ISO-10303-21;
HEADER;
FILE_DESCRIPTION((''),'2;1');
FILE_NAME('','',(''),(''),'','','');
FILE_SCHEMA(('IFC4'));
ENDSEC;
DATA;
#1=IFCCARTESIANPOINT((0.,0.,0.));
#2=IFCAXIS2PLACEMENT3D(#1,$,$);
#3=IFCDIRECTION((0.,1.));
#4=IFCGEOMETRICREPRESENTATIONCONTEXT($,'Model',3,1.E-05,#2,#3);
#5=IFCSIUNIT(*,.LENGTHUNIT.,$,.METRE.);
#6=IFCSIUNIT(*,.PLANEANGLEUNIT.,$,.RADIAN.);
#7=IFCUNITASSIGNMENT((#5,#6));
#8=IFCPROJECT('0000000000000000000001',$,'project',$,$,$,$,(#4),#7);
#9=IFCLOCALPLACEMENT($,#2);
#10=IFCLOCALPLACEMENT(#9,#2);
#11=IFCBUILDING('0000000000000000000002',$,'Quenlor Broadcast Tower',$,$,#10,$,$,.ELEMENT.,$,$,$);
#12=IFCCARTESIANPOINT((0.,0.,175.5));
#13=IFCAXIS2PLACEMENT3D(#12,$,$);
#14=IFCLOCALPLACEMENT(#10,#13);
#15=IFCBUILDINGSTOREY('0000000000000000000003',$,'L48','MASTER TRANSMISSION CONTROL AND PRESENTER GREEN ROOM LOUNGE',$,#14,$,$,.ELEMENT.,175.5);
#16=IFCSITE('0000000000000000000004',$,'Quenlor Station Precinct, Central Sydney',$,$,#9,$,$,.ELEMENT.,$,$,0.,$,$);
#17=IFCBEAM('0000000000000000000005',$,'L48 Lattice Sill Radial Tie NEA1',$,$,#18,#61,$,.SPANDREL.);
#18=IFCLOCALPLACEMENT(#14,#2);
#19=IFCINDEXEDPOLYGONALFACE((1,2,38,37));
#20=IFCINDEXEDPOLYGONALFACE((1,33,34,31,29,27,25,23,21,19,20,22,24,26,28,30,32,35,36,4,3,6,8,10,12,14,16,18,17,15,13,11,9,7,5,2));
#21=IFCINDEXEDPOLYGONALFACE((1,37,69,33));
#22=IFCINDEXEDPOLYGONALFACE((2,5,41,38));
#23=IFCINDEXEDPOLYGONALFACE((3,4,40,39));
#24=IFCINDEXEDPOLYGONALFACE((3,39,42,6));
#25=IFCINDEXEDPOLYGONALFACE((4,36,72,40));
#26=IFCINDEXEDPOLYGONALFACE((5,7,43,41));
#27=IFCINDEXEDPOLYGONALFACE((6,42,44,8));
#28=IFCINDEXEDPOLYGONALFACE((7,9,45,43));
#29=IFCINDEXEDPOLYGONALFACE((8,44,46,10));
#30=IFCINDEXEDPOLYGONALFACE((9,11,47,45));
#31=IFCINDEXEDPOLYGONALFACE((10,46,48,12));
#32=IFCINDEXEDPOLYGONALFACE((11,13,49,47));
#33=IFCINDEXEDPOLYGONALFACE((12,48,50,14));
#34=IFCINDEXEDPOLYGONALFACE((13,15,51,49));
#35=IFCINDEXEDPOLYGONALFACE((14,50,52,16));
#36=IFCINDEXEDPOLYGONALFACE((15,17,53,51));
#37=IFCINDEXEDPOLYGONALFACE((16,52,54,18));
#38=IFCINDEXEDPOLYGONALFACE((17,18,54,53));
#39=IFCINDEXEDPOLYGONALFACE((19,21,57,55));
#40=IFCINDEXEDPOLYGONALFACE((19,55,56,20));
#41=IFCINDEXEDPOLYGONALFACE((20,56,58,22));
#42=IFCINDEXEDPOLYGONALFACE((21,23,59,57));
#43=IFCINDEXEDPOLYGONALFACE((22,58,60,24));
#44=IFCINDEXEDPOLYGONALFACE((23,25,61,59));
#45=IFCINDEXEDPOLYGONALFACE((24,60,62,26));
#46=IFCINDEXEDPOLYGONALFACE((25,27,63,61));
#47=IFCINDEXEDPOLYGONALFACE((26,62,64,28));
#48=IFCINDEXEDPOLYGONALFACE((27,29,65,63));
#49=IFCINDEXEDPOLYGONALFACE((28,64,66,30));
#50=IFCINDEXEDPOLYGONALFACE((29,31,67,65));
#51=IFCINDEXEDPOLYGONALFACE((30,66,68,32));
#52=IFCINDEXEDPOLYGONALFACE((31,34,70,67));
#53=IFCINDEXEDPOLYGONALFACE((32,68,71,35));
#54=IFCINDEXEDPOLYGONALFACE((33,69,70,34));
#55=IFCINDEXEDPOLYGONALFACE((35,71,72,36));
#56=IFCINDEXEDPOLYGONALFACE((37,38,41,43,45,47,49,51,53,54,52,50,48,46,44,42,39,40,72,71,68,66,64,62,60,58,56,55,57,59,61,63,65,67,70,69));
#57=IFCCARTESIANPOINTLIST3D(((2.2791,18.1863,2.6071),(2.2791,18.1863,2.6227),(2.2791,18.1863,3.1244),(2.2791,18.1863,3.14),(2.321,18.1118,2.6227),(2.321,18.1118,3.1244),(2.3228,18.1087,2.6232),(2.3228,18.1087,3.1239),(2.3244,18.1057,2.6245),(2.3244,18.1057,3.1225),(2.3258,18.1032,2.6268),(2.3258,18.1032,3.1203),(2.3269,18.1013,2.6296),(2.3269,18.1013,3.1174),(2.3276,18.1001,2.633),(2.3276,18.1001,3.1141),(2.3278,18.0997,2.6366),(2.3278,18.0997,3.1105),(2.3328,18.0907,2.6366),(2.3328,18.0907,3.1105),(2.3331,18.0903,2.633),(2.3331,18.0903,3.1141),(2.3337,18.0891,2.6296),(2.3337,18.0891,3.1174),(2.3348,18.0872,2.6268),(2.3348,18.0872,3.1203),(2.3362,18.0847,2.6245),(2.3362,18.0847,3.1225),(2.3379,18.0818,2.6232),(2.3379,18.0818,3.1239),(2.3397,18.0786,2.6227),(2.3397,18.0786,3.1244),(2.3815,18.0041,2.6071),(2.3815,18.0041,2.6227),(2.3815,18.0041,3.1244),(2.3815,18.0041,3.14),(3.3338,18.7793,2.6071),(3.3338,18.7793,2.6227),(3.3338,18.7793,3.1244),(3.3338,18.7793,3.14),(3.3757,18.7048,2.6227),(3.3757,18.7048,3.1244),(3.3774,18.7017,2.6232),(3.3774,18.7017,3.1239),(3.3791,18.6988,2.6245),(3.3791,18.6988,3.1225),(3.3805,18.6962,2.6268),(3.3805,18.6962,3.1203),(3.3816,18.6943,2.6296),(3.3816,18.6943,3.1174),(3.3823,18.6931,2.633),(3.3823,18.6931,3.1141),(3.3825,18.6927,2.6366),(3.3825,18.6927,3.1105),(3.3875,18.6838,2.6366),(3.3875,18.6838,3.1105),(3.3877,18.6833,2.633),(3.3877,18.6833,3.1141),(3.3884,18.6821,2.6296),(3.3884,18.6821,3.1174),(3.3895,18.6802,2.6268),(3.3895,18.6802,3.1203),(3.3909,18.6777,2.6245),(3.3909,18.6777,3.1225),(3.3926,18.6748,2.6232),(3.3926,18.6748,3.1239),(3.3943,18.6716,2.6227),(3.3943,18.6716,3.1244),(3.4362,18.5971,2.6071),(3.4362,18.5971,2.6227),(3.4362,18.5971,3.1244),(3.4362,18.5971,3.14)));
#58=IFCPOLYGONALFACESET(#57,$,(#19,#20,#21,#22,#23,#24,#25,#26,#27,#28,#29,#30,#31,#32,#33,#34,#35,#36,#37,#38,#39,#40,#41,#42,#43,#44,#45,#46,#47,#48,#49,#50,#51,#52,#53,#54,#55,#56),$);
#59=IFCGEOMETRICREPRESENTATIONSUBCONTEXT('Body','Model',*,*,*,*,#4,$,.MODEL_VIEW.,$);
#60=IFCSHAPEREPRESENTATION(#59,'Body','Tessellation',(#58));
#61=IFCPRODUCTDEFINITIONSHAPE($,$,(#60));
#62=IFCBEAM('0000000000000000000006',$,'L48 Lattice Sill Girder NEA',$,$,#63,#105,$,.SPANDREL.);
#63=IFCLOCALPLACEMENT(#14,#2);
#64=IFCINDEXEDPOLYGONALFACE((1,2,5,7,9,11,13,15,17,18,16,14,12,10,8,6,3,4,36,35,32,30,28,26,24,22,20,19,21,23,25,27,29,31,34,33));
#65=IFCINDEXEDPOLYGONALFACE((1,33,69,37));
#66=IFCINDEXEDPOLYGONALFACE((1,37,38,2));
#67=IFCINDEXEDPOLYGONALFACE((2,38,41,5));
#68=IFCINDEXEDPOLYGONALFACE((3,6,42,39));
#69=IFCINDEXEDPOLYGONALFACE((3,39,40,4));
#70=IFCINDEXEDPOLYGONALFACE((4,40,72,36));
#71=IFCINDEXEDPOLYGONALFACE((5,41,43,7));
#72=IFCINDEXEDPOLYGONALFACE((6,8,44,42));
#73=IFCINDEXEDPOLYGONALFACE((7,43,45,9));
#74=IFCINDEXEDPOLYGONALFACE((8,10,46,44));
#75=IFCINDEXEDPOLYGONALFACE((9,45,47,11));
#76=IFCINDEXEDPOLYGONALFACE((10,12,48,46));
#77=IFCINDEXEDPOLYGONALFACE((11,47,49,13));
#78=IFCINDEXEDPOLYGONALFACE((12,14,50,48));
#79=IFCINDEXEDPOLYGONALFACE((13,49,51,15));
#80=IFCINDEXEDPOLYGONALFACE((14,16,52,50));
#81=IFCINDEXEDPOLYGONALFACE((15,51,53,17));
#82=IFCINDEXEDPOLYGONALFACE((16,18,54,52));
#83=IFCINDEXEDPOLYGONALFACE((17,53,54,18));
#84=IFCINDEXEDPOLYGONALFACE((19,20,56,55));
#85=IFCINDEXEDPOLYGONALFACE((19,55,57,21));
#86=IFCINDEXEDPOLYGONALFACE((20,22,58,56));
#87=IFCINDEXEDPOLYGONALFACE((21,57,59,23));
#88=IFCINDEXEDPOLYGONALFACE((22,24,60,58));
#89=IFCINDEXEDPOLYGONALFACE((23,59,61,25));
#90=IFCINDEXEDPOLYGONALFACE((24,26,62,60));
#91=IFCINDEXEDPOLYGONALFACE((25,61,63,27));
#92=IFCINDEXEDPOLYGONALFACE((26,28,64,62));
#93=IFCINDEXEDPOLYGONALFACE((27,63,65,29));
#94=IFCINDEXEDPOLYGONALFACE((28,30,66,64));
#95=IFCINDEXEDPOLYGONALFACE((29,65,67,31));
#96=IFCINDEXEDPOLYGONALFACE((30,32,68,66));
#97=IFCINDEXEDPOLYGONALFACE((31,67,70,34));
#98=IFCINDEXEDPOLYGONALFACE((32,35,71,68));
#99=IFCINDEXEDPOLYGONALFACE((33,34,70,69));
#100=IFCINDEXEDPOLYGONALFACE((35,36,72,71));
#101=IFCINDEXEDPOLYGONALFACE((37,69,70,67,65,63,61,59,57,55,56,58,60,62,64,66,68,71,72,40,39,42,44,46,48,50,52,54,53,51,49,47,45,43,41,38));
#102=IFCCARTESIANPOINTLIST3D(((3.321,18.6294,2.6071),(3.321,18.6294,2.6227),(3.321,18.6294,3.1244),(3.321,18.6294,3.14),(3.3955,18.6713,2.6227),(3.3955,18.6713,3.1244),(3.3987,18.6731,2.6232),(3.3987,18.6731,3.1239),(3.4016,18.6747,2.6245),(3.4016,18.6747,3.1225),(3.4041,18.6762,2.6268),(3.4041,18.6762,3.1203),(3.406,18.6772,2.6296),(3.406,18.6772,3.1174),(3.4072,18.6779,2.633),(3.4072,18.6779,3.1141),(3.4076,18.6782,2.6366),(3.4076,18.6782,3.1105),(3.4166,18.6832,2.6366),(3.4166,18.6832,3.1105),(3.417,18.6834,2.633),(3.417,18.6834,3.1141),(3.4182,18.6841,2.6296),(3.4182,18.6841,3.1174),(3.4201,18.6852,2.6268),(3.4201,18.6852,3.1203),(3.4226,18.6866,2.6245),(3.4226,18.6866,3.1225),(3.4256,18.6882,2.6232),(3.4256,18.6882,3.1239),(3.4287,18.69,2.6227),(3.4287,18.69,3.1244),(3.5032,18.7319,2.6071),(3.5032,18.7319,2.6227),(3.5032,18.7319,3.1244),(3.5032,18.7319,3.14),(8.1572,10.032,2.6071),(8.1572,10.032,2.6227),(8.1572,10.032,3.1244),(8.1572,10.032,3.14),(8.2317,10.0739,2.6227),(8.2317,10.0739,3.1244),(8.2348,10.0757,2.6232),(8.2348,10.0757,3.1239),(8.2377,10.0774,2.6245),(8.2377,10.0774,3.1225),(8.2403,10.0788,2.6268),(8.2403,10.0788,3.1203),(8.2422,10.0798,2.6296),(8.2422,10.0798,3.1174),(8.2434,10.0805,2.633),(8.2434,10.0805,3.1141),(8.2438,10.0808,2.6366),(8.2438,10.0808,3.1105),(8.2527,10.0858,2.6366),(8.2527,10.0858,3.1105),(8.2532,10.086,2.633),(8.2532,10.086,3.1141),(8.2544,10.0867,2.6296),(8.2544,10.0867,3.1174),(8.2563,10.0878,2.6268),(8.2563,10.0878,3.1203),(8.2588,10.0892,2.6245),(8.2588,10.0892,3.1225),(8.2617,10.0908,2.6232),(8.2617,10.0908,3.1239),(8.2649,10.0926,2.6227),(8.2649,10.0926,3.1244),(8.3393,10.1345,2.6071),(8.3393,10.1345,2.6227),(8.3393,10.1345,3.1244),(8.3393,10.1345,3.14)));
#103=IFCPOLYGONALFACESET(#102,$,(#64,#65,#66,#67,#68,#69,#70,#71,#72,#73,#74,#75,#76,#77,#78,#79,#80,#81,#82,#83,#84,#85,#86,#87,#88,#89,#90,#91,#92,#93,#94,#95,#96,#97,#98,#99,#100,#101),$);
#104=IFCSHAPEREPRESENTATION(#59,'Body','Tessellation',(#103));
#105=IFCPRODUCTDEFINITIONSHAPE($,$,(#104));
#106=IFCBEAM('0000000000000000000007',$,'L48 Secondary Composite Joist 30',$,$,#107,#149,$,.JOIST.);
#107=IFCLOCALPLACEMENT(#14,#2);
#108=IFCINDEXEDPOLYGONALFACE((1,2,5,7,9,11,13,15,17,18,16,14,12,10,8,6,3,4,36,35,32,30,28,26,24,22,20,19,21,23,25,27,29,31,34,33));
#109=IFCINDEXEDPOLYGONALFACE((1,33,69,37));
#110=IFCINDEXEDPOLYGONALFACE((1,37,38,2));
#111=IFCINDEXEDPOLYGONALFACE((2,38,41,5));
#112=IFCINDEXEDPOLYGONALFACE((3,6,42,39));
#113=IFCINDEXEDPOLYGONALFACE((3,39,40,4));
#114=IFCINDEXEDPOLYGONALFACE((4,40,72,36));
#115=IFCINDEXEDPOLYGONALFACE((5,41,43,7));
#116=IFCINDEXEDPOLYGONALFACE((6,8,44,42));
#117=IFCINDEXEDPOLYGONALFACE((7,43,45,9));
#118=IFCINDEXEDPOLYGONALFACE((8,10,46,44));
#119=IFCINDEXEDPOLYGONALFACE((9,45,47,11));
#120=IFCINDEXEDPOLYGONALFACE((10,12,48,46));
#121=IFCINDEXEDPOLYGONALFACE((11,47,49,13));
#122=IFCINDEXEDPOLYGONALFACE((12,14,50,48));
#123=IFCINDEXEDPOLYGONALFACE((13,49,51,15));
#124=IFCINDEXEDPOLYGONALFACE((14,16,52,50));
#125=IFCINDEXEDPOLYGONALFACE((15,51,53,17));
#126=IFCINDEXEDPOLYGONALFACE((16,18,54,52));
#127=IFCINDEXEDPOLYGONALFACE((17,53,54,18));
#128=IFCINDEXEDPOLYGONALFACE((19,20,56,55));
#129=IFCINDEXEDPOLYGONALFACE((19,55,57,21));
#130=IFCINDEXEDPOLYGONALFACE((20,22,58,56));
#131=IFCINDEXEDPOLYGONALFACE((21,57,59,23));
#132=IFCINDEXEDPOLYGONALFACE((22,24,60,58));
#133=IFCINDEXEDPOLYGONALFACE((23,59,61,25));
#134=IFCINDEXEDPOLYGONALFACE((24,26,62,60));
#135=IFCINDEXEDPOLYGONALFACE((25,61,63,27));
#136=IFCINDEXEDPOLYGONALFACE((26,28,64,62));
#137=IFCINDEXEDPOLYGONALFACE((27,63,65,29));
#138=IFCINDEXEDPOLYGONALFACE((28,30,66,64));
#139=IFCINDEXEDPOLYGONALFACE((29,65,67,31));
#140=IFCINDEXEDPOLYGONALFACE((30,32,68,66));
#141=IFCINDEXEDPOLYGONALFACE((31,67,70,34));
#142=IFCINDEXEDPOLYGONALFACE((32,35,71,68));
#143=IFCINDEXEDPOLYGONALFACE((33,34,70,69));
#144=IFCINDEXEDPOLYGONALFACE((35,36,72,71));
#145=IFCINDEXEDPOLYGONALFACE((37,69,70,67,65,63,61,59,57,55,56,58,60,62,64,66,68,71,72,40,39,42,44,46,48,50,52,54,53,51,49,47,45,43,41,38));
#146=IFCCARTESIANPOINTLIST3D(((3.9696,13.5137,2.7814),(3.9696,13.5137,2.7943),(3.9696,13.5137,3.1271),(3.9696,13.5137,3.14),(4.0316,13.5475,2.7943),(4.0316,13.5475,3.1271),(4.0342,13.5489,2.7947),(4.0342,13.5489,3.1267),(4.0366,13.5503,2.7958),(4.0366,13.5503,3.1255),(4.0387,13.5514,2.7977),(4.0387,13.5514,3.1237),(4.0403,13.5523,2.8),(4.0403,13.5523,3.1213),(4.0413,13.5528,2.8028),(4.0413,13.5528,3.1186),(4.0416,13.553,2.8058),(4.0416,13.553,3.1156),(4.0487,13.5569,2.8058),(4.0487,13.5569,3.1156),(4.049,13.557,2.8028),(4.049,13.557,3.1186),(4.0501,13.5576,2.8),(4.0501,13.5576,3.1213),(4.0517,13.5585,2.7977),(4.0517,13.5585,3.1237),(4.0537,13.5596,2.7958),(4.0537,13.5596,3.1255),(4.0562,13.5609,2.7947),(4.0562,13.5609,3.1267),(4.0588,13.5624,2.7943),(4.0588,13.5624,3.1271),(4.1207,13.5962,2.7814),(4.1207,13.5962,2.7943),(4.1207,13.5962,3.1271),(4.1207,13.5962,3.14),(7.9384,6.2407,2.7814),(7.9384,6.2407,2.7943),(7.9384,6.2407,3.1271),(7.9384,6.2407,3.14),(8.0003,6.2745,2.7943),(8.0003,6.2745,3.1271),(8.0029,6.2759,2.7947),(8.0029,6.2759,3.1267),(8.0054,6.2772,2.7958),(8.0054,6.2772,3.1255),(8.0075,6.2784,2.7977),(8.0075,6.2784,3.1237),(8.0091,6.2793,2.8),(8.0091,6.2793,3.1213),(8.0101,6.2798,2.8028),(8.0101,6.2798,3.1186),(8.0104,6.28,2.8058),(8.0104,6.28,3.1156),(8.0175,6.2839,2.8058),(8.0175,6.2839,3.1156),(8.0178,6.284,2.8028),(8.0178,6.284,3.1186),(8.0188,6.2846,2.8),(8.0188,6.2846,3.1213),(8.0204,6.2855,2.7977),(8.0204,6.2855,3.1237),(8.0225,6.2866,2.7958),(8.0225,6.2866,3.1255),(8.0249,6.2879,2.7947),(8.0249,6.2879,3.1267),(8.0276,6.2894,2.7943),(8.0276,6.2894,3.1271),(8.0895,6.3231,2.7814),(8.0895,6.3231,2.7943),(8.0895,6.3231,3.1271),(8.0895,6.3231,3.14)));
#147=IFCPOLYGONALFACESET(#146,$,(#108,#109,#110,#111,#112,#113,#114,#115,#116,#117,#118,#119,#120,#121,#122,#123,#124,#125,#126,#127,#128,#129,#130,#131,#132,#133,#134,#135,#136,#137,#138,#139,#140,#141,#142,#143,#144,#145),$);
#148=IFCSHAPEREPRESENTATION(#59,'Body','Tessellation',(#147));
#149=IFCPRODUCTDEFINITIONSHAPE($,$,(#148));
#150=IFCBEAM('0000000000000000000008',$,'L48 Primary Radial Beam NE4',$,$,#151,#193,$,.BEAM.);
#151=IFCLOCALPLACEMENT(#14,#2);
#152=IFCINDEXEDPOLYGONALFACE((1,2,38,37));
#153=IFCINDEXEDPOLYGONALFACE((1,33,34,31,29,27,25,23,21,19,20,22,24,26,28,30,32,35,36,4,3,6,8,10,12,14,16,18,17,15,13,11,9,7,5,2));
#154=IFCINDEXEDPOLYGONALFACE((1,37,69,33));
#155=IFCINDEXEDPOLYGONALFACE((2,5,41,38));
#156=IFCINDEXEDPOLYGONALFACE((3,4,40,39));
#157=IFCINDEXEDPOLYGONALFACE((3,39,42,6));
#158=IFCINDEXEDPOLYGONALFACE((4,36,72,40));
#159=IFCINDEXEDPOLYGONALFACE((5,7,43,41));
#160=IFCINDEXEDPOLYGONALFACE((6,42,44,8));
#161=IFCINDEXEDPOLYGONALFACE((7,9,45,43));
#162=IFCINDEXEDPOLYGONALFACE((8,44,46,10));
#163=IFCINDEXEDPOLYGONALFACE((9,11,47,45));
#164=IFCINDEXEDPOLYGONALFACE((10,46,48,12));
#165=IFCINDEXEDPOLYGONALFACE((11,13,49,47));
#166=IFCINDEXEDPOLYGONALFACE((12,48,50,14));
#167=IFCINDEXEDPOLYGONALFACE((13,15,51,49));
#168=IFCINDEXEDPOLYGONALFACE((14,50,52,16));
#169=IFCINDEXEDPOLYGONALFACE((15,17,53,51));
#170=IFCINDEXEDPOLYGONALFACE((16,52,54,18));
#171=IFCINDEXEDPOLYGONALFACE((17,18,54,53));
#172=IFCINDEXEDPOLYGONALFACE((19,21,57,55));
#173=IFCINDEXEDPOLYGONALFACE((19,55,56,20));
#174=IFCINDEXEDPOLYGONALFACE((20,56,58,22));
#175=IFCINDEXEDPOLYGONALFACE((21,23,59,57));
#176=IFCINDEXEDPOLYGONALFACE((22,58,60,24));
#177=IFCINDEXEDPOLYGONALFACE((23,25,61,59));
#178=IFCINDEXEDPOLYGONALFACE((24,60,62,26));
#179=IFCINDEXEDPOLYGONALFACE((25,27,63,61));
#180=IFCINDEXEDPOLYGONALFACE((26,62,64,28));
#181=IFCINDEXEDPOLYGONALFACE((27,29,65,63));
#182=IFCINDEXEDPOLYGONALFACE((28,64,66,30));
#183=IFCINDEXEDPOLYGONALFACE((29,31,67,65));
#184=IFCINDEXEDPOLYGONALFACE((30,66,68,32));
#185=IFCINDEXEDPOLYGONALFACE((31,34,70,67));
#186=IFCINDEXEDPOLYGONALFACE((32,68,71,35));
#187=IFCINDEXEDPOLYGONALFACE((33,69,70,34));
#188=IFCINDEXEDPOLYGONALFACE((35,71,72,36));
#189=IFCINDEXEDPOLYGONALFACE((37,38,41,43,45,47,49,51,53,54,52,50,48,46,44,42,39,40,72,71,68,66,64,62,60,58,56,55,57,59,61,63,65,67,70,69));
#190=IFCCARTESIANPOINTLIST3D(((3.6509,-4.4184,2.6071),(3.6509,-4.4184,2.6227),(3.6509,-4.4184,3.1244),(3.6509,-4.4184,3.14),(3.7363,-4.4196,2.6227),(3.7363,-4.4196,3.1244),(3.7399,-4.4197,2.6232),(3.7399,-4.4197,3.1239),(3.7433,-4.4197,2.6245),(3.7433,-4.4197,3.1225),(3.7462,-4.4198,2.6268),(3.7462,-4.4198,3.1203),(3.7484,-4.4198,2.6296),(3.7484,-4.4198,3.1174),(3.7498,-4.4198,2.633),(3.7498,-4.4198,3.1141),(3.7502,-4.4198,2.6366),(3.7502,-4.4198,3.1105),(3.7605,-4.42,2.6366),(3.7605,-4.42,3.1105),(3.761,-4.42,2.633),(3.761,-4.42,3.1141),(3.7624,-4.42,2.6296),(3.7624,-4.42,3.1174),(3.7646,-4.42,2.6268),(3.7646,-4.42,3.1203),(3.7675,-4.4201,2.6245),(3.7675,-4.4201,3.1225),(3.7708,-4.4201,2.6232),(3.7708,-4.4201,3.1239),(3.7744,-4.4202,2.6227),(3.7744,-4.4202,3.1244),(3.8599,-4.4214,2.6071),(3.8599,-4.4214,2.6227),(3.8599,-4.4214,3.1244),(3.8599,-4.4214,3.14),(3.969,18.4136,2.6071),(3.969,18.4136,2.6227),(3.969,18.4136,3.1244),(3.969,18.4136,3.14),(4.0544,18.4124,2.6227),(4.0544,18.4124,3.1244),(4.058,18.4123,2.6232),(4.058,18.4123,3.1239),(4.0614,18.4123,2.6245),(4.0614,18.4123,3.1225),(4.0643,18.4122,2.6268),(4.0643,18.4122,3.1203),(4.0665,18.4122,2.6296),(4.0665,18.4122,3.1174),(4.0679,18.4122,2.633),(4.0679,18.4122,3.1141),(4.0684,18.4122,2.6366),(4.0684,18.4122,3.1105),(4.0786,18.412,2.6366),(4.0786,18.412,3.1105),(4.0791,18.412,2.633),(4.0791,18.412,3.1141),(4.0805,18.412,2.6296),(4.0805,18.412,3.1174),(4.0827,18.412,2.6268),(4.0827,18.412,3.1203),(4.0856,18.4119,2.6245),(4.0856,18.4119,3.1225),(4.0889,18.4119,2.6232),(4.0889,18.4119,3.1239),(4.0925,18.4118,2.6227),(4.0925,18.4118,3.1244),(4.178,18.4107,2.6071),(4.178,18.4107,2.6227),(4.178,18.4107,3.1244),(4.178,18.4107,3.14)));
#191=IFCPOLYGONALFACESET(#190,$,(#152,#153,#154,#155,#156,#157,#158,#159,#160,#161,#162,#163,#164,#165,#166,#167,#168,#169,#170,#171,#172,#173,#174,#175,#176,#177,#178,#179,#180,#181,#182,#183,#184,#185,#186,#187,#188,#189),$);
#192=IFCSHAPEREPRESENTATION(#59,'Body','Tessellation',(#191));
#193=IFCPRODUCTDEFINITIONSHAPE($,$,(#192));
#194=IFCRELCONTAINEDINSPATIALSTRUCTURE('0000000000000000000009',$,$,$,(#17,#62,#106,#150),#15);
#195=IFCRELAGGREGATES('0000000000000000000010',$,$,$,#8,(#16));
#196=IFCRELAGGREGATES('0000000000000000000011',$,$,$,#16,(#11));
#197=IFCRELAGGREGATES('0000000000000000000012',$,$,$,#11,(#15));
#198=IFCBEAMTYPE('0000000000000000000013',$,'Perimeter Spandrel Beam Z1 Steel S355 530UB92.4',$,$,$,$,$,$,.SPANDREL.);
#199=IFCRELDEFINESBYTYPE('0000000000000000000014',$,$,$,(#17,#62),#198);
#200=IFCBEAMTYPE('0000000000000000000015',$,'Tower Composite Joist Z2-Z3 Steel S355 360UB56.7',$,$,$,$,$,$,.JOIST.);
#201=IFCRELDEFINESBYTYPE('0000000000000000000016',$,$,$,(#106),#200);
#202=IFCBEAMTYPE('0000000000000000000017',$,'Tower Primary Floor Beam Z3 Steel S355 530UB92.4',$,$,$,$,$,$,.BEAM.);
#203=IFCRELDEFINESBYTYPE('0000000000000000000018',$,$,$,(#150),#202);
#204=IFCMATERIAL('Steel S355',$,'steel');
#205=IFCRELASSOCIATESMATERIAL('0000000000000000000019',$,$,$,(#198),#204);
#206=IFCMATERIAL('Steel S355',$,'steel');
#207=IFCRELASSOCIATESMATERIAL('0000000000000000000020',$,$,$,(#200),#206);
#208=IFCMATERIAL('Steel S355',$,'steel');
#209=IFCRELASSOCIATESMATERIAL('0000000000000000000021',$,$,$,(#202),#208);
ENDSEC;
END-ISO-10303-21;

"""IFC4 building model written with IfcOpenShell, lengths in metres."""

from ifc_helpers import new_model, si_unit, direction, frame, origin, origin_2d, place, context, subcontext, project, spatial, i_section, extrude, material, material_profile, profile_set, type_object, element, save


model = new_model("IFC4")

# Units and contexts
model_context = context("Model", 3, precision=1e-05, world=origin(), true_north=direction((0.0, 1.0)))
body_context = subcontext(model_context, "Body", "Model", "MODEL_VIEW")
ifc_project = project(units=[si_unit("LENGTHUNIT", "METRE"), si_unit("PLANEANGLEUNIT", "RADIAN")], contexts=[model_context])

# Site, building, storey
site_placement = place(None, origin())
site = spatial("IfcSite", under=ifc_project, at=site_placement, Name="Quenlor Station Precinct, Central Sydney", CompositionType="ELEMENT", RefElevation=0.0)
building_placement = place(site_placement, origin())
building = spatial("IfcBuilding", under=site, at=building_placement, Name="Quenlor Broadcast Tower", CompositionType="ELEMENT")
storey_placement = place(building_placement, frame((0.0, 0.0, 175.5)))
storey = spatial("IfcBuildingStorey", under=building, at=storey_placement, Name="L48", Description="MASTER TRANSMISSION CONTROL AND PRESENTER GREEN ROOM LOUNGE", CompositionType="ELEMENT", Elevation=175.5)

# Beams
ifc_material_1 = material(Name="Steel S355", Category="steel")
ifc_material_profile_1 = material_profile(ifc_material_1, i_section(OverallWidth=0.209, OverallDepth=0.533, WebThickness=0.0103, FlangeThickness=0.0156, FilletRadius=0.0139, at=origin_2d()))
ifc_profile_set_1 = profile_set([ifc_material_profile_1], Name="Steel S355 530UB92.4")
beam_type_1 = type_object("IfcBeamType", Name="Perimeter Spandrel Beam Z1 Steel S355 530UB92.4", PredefinedType="SPANDREL", material=ifc_profile_set_1)
beam_1_placement = place(storey_placement, frame((2.3303, 18.0952, 2.8735), z_axis=(0.871662, 0.490108, 0.0), x_axis=(-0.490108, 0.871662, 0.0)))
element("IfcBeam", 1, at=beam_1_placement, inside=storey, type_object=beam_type_1, Name="L48 Lattice Sill Radial Tie NEA1", PredefinedType="SPANDREL", context=body_context, shape_type="SweptSolid", body=[
    extrude(i_section(OverallWidth=0.209, OverallDepth=0.533, WebThickness=0.0103, FlangeThickness=0.0156, FilletRadius=0.0139, at=origin_2d()), origin(), (0.0, 0.0, 1.0), 1.21),
])
beam_2_placement = place(storey_placement, frame((3.4121, 18.6807, 2.8735), z_axis=(0.490272, -0.87157, 0.0), x_axis=(0.87157, 0.490272, 0.0)))
element("IfcBeam", 2, at=beam_2_placement, inside=storey, type_object=beam_type_1, Name="L48 Lattice Sill Girder NEA", PredefinedType="SPANDREL", context=body_context, shape_type="SweptSolid", body=[
    extrude(i_section(OverallWidth=0.209, OverallDepth=0.533, WebThickness=0.0103, FlangeThickness=0.0156, FilletRadius=0.0139, at=origin_2d()), origin(), (0.0, 0.0, 1.0), 9.8643),
])
ifc_material_2 = material(Name="Steel S355", Category="steel")
ifc_material_profile_2 = material_profile(ifc_material_2, i_section(OverallWidth=0.1721, OverallDepth=0.3586, WebThickness=0.0081, FlangeThickness=0.0129, FilletRadius=0.0115, at=origin_2d()))
ifc_profile_set_2 = profile_set([ifc_material_profile_2], Name="Steel S355 360UB56.7")
beam_type_2 = type_object("IfcBeamType", Name="Tower Composite Joist Z2-Z3 Steel S355 360UB56.7", PredefinedType="JOIST", material=ifc_profile_set_2)
beam_3_placement = place(storey_placement, frame((4.0452, 13.5549, 2.9607), z_axis=(0.479009, -0.87781, 0.0), x_axis=(0.87781, 0.479009, 0.0)))
element("IfcBeam", 3, at=beam_3_placement, inside=storey, type_object=beam_type_2, Name="L48 Secondary Composite Joist 30", PredefinedType="JOIST", context=body_context, shape_type="SweptSolid", body=[
    extrude(i_section(OverallWidth=0.1721, OverallDepth=0.3586, WebThickness=0.0081, FlangeThickness=0.0129, FilletRadius=0.0115, at=origin_2d()), origin(), (0.0, 0.0, 1.0), 8.2854),
])
ifc_material_3 = material(Name="Steel S355", Category="steel")
ifc_material_profile_3 = material_profile(ifc_material_3, i_section(OverallWidth=0.209, OverallDepth=0.533, WebThickness=0.0103, FlangeThickness=0.0156, FilletRadius=0.0139, at=origin_2d()))
ifc_profile_set_3 = profile_set([ifc_material_profile_3], Name="Steel S355 530UB92.4")
beam_type_3 = type_object("IfcBeamType", Name="Tower Primary Floor Beam Z3 Steel S355 530UB92.4", PredefinedType="BEAM", material=ifc_profile_set_3)
beam_4_placement = place(storey_placement, frame((4.0735, 18.4121, 2.8735), z_axis=(-0.013931, -0.999903, 0.0), x_axis=(0.999903, -0.013931, 0.0)))
element("IfcBeam", 4, at=beam_4_placement, inside=storey, type_object=beam_type_3, Name="L48 Primary Radial Beam NE4", PredefinedType="BEAM", context=body_context, shape_type="SweptSolid", body=[
    extrude(i_section(OverallWidth=0.209, OverallDepth=0.533, WebThickness=0.0103, FlangeThickness=0.0156, FilletRadius=0.0139, at=origin_2d()), origin(), (0.0, 0.0, 1.0), 22.8342),
])

save(model, "model.ifc")
